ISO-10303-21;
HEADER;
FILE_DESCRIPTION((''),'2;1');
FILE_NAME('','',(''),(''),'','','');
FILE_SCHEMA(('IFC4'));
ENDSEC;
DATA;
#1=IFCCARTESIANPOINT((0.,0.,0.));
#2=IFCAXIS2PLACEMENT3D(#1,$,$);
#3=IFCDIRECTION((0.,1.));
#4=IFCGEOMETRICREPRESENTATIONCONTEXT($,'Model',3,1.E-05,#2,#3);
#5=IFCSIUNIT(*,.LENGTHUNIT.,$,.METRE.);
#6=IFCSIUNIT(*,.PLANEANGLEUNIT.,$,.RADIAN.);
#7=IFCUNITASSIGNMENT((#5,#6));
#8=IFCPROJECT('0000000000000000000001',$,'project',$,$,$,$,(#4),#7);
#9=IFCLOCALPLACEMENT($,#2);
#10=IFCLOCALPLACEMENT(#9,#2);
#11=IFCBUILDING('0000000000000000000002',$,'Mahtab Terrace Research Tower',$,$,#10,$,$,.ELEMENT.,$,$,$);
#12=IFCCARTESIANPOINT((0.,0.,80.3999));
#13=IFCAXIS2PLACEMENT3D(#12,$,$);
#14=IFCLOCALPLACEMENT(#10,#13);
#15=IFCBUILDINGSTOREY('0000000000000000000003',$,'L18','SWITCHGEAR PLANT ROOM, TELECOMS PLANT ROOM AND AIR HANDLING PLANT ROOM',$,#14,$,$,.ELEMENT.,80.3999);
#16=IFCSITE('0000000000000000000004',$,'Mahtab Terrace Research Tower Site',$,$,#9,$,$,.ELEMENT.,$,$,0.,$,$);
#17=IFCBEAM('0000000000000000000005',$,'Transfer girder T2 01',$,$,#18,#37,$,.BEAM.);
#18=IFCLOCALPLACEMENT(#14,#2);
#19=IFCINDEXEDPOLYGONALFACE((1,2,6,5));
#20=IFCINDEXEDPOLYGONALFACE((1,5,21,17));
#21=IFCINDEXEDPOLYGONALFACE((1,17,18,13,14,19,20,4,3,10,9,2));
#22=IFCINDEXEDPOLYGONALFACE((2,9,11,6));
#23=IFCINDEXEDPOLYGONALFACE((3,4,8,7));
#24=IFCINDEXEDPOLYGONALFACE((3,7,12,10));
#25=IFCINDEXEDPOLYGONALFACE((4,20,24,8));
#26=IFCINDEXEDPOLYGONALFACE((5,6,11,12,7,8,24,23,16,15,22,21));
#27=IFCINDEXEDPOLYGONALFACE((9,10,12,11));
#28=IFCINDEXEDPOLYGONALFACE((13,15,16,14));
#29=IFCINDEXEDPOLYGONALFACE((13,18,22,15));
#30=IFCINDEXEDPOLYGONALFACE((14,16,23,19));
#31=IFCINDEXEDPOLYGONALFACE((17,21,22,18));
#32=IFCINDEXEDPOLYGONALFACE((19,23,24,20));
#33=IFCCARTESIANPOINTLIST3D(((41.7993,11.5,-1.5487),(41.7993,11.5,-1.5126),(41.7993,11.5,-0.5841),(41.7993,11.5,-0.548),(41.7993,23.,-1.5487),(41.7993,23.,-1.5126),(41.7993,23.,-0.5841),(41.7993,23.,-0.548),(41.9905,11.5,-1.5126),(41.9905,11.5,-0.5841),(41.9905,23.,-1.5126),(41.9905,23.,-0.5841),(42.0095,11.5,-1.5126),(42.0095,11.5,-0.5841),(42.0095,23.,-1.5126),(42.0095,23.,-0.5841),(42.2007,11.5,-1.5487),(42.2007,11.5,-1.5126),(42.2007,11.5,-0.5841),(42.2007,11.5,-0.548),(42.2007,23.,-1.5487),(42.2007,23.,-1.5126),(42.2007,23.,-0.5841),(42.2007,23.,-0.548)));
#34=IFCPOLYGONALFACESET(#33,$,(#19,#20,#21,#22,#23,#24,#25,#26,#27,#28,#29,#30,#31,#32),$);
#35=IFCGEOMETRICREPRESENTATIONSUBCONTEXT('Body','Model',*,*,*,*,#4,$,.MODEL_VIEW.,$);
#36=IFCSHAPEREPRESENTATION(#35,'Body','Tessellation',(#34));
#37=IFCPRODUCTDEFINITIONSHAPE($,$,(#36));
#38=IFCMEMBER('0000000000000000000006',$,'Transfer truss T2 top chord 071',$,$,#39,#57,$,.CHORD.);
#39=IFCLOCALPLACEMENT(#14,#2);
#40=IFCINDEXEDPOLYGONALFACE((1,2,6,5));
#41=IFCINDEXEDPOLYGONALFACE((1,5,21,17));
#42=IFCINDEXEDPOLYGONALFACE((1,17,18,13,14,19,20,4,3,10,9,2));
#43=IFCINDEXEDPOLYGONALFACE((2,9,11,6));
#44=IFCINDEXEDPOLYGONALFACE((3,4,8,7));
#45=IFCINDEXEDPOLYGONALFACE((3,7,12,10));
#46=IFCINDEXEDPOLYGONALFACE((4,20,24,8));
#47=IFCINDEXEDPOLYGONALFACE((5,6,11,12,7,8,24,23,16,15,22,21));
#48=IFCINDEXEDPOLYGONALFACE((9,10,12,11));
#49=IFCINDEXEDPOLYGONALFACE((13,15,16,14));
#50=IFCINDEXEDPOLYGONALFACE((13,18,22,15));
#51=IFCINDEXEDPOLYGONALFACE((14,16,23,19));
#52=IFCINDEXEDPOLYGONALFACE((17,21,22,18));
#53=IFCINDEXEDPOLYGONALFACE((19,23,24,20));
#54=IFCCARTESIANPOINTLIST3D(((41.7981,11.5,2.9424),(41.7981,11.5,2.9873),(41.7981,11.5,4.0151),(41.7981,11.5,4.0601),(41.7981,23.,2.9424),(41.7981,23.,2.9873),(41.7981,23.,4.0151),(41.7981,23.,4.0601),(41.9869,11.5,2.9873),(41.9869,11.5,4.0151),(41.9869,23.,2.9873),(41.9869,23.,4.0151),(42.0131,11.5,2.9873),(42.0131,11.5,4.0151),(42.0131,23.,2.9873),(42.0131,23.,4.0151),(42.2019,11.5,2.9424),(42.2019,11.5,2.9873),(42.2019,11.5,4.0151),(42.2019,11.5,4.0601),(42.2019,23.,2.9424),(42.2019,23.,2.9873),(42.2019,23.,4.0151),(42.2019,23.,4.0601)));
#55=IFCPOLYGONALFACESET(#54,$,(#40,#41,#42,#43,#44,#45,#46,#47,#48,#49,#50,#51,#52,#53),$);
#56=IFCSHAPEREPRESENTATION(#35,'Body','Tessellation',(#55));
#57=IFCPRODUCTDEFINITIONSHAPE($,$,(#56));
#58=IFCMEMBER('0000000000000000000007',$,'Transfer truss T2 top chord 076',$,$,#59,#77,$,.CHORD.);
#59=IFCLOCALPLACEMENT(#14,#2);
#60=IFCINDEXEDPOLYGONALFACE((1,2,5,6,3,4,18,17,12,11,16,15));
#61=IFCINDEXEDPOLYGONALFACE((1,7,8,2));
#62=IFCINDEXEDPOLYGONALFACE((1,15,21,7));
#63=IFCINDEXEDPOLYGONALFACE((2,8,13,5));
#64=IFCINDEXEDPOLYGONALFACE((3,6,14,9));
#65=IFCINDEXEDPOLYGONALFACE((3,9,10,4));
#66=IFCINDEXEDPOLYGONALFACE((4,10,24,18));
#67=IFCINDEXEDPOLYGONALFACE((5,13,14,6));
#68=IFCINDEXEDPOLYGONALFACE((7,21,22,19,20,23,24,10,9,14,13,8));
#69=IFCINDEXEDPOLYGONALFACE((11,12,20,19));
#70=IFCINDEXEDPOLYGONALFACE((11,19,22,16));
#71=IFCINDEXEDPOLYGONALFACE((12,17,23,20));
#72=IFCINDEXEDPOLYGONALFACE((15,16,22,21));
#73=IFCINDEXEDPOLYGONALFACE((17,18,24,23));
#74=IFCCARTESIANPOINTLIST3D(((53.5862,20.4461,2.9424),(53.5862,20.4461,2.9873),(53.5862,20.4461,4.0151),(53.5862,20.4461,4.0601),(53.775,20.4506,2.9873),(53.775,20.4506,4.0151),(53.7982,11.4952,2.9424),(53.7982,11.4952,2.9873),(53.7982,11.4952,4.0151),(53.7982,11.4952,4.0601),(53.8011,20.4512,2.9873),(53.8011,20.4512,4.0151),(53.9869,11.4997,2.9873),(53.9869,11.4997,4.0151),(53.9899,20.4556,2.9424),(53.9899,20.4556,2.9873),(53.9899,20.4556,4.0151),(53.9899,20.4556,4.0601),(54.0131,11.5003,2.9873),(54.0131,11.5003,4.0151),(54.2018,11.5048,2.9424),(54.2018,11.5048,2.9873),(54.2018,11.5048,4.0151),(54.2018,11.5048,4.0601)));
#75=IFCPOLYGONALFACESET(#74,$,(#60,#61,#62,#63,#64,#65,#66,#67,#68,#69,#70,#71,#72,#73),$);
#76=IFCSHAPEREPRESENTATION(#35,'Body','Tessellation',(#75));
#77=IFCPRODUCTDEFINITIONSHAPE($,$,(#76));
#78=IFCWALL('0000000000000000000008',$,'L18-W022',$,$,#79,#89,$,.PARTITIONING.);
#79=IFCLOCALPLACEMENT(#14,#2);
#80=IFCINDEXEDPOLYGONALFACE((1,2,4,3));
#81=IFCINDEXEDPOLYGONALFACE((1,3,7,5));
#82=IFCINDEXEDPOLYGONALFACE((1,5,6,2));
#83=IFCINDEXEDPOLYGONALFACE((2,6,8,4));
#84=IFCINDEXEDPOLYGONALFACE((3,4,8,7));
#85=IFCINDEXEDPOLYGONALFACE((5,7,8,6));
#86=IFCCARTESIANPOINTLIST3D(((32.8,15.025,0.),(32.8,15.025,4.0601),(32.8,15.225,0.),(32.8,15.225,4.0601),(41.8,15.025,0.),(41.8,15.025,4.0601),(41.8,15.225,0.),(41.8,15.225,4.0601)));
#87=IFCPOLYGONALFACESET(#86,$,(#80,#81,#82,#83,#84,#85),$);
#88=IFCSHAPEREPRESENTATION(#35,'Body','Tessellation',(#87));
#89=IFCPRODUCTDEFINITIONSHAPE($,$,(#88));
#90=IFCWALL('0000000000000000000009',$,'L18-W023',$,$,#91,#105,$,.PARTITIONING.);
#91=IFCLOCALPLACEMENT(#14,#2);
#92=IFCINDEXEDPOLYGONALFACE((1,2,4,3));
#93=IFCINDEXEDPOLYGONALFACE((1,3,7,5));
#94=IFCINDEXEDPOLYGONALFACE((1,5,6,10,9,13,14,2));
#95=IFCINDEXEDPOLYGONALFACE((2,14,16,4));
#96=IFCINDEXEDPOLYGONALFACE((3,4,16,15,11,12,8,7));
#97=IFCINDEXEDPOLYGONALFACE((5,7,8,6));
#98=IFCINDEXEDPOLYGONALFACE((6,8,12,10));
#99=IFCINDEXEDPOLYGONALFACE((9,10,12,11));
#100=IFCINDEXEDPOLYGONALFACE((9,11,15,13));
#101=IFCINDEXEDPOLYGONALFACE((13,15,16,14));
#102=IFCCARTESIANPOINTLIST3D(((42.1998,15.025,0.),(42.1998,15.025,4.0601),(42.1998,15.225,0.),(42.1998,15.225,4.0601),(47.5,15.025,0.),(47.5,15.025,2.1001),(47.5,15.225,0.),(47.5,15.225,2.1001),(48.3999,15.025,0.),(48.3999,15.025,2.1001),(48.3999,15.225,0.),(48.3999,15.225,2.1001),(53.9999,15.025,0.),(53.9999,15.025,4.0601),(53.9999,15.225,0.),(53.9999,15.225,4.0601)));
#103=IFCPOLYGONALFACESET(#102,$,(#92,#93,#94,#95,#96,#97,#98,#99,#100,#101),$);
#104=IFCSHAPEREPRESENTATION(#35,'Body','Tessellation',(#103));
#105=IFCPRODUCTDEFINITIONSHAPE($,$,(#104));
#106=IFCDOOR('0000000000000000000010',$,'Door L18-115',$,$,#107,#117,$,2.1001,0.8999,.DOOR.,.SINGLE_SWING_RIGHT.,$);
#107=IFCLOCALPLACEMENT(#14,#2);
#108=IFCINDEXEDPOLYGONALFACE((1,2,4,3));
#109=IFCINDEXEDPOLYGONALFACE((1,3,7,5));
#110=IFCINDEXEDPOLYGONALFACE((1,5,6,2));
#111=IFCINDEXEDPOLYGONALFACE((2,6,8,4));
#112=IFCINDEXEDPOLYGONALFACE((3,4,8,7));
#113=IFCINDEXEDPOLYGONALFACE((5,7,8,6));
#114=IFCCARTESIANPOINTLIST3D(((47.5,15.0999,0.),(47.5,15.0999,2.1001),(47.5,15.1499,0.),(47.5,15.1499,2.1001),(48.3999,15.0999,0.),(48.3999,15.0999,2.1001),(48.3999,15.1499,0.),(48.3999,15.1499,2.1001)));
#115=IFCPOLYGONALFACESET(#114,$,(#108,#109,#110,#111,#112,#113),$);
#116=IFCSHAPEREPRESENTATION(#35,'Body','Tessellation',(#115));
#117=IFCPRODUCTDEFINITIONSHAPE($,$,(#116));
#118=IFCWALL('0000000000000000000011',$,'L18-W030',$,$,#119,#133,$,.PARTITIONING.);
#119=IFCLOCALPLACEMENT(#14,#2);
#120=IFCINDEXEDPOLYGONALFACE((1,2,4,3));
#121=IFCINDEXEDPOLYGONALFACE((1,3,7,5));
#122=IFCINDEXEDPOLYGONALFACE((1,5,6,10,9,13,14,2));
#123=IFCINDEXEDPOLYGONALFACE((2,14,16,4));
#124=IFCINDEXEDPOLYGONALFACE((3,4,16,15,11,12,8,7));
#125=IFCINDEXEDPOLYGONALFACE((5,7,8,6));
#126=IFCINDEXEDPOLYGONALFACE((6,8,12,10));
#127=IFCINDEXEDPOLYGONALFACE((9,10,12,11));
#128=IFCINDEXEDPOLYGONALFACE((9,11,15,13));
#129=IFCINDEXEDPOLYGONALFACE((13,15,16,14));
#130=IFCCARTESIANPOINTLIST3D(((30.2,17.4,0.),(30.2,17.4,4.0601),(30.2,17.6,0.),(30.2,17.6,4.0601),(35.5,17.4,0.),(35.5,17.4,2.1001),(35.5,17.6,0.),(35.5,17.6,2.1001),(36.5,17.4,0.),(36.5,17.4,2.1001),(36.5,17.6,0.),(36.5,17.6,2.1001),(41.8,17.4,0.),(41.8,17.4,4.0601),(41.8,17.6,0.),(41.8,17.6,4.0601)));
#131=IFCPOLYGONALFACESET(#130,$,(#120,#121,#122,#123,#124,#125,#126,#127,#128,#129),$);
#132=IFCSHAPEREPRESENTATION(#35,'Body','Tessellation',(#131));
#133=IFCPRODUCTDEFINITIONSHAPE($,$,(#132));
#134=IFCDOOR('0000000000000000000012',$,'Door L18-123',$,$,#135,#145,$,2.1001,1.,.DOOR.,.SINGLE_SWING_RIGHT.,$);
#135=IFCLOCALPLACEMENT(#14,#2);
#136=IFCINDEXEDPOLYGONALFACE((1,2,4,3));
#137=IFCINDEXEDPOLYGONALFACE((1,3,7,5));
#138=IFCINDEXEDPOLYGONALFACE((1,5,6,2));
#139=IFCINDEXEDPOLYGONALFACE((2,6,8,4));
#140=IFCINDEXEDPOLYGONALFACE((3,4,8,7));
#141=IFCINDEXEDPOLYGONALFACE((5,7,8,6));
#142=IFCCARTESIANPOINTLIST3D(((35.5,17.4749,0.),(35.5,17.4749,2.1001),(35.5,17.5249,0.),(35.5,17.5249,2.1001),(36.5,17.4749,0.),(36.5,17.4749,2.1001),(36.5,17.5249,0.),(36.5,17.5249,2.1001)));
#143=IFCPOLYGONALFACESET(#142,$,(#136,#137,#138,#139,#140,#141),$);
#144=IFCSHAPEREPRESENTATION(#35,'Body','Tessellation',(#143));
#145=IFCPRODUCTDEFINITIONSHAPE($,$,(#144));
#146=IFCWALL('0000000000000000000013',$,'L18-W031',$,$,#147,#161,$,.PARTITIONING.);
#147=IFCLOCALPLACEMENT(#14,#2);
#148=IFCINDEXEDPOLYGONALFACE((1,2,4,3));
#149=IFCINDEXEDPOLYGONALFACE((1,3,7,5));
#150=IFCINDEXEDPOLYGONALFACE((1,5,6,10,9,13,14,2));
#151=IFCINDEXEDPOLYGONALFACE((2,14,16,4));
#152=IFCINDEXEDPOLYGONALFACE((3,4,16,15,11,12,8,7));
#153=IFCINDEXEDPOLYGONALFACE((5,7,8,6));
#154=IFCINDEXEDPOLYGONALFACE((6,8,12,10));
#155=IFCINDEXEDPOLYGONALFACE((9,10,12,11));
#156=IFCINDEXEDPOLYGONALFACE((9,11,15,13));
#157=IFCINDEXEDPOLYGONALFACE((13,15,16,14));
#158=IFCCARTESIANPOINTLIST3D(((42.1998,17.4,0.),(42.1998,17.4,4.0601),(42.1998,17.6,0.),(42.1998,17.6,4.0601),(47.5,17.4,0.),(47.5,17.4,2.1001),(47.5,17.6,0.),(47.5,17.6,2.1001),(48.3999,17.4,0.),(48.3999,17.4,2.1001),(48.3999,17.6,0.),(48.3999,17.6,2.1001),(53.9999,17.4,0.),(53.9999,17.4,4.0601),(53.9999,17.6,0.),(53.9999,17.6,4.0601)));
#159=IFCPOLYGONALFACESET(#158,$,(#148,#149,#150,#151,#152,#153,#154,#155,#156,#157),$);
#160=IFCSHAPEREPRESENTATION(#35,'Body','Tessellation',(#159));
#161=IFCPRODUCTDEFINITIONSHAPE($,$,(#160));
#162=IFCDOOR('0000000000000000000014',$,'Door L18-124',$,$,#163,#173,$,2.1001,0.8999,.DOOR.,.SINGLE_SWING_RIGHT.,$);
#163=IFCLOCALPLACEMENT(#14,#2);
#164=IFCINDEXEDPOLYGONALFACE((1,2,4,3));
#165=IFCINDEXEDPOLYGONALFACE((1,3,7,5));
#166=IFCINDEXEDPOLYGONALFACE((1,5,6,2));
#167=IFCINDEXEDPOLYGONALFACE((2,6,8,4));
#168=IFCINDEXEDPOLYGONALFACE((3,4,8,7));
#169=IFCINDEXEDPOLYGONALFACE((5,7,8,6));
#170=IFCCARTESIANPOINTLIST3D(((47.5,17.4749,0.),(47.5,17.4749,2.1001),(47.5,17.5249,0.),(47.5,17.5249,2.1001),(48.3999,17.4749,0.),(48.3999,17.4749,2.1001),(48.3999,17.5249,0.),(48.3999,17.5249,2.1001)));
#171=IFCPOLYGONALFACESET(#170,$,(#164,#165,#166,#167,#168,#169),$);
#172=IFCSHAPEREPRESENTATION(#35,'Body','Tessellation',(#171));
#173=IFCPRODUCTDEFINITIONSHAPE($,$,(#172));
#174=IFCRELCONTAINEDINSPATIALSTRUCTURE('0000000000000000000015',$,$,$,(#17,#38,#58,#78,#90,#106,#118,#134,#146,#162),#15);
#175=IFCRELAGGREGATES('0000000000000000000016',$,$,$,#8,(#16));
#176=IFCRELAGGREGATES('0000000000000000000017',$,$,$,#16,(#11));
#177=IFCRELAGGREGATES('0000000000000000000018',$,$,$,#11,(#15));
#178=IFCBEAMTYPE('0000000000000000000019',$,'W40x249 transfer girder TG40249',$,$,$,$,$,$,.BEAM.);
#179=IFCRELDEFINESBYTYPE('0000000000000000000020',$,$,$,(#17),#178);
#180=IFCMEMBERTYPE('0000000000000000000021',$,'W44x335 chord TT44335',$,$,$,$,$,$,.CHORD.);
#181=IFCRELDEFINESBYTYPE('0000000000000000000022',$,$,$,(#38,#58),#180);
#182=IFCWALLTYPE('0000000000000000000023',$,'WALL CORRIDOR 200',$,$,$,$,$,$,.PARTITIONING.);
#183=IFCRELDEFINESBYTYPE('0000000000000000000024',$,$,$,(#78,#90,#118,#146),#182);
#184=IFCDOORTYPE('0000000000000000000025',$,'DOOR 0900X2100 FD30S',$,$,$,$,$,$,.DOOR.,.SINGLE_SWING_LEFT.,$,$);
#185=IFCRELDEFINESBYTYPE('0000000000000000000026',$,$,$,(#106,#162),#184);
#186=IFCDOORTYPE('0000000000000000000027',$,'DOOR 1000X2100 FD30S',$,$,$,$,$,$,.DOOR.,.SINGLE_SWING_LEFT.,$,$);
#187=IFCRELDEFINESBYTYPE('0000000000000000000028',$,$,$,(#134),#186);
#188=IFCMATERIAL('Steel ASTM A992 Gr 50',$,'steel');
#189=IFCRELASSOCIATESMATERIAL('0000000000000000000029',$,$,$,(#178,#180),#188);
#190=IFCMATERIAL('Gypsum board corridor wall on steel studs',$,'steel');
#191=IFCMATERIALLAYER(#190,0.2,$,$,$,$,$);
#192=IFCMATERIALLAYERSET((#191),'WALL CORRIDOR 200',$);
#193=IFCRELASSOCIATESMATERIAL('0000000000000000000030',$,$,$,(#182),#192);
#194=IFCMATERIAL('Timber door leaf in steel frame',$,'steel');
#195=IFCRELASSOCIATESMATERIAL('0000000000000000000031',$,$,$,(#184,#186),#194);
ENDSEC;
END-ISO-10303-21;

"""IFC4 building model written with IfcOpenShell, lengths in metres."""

from ifc_helpers import new_model, si_unit, direction, frame, frame_2d, origin, origin_2d, place, context, subcontext, project, spatial, rectangle, i_section, extrude, material, layer, layer_set, material_profile, profile_set, type_object, element, fill, save


model = new_model("IFC4")

# Units and contexts
model_context = context("Model", 3, precision=1e-05, world=origin(), true_north=direction((0.0, 1.0)))
body_context = subcontext(model_context, "Body", "Model", "MODEL_VIEW")
ifc_project = project(units=[si_unit("LENGTHUNIT", "METRE"), si_unit("PLANEANGLEUNIT", "RADIAN")], contexts=[model_context])

# Site, building, storey
site_placement = place(None, origin())
site = spatial("IfcSite", under=ifc_project, at=site_placement, Name="Mahtab Terrace Research Tower Site", CompositionType="ELEMENT", RefElevation=0.0)
building_placement = place(site_placement, origin())
building = spatial("IfcBuilding", under=site, at=building_placement, Name="Mahtab Terrace Research Tower", CompositionType="ELEMENT")
storey_placement = place(building_placement, frame((0.0, 0.0, 80.3999)))
storey = spatial("IfcBuildingStorey", under=building, at=storey_placement, Name="L18", Description="SWITCHGEAR PLANT ROOM, TELECOMS PLANT ROOM AND AIR HANDLING PLANT ROOM", CompositionType="ELEMENT", Elevation=80.3999)

# Shared definitions
ifc_material_1 = material(Name="Steel ASTM A992 Gr 50", Category="steel")

# Beam
ifc_material_profile_1 = material_profile(ifc_material_1, i_section(OverallWidth=0.4014, OverallDepth=1.0007, WebThickness=0.019, FlangeThickness=0.0361, at=origin_2d()), Name="W40X249")
ifc_profile_set_1 = profile_set([ifc_material_profile_1], Name="Steel ASTM A992 Gr 50")
beam_type = type_object("IfcBeamType", Name="W40x249 transfer girder TG40249", PredefinedType="BEAM", material=ifc_profile_set_1)
beam_placement = place(storey_placement, frame((42.0, 11.5, -1.0483), z_axis=(0.0, 1.0, 0.0), x_axis=(-1.0, 0.0, 0.0)))
element("IfcBeam", 1, at=beam_placement, inside=storey, type_object=beam_type, Name="Transfer girder T2 01", PredefinedType="BEAM", context=body_context, shape_type="SweptSolid", body=[
    extrude(i_section(OverallWidth=0.4014, OverallDepth=1.0007, WebThickness=0.019, FlangeThickness=0.0361, at=origin_2d()), origin(), (0.0, 0.0, 1.0), 11.5),
])

# Members
ifc_material_profile_2 = material_profile(ifc_material_1, i_section(OverallWidth=0.4038, OverallDepth=1.1177, WebThickness=0.0261, FlangeThickness=0.0449, at=origin_2d()), Name="W44X335")
ifc_profile_set_2 = profile_set([ifc_material_profile_2], Name="Steel ASTM A992 Gr 50")
member_type_1 = type_object("IfcMemberType", Name="W44x335 chord TT44335", PredefinedType="CHORD", material=ifc_profile_set_2)
member_1_placement = place(storey_placement, frame((42.0, 11.5, 3.5012), z_axis=(0.0, 1.0, 0.0), x_axis=(-1.0, 0.0, 0.0)))
element("IfcMember", 2, at=member_1_placement, inside=storey, type_object=member_type_1, Name="Transfer truss T2 top chord 071", PredefinedType="CHORD", context=body_context, shape_type="SweptSolid", body=[
    extrude(i_section(OverallWidth=0.4038, OverallDepth=1.1177, WebThickness=0.0261, FlangeThickness=0.0449, at=origin_2d()), origin(), (0.0, 0.0, 1.0), 11.5),
])
member_2_placement = place(storey_placement, frame((54.0, 11.5, 3.5012), z_axis=(-0.023668, 0.99972, 0.0), x_axis=(-0.99972, -0.023668, 0.0)))
element("IfcMember", 3, at=member_2_placement, inside=storey, type_object=member_type_1, Name="Transfer truss T2 top chord 076", PredefinedType="CHORD", context=body_context, shape_type="SweptSolid", body=[
    extrude(i_section(OverallWidth=0.4038, OverallDepth=1.1177, WebThickness=0.0261, FlangeThickness=0.0449, at=origin_2d()), origin(), (0.0, 0.0, 1.0), 8.9534),
])

# Wall
ifc_material_2 = material(Name="Gypsum board corridor wall on steel studs", Category="steel")
ifc_layer_1 = layer(ifc_material_2, 0.2)
ifc_layer_set_1 = layer_set([ifc_layer_1], Name="WALL CORRIDOR 200")
wall_type_1 = type_object("IfcWallType", Name="WALL CORRIDOR 200", PredefinedType="PARTITIONING", material=ifc_layer_set_1)
wall_1_placement = place(storey_placement, frame((32.8, 15.125, 0.0), z_axis=(0.0, 0.0, 1.0), x_axis=(1.0, 0.0, 0.0)))
element("IfcWall", 4, at=wall_1_placement, inside=storey, type_object=wall_type_1, Name="L18-W022", PredefinedType="PARTITIONING", context=body_context, shape_type="SweptSolid", body=[
    extrude(rectangle(XDim=9.0, YDim=0.2, at=frame_2d((4.5, 0.0))), origin(), (0.0, 0.0, 1.0), 4.0601),
])

# Walls, openings, doors
wall_2_placement = place(storey_placement, frame((42.2, 15.125, 0.0), z_axis=(0.0, 0.0, 1.0), x_axis=(1.0, 0.0, 0.0)))
wall_2 = element("IfcWall", 5, at=wall_2_placement, inside=storey, type_object=wall_type_1, Name="L18-W023", PredefinedType="PARTITIONING", context=body_context, shape_type="SweptSolid", body=[
    extrude(rectangle(XDim=11.8, YDim=0.2, at=frame_2d((5.8999, 0.0))), origin(), (0.0, 0.0, 1.0), 4.0601),
])
opening_1_placement = place(wall_2_placement, frame((5.3, 0.0, 0.0)))
opening_1 = element("IfcOpeningElement", 6, at=opening_1_placement, cuts=wall_2, PredefinedType="OPENING", context=body_context, shape_type="SweptSolid", body=[
    extrude(rectangle(XDim=0.8999, YDim=2.1001, at=frame_2d((0.45, 1.05))), frame((0.0, 0.1099, 0.0), z_axis=(0.0, -1.0, 0.0), x_axis=(1.0, 0.0, 0.0)), (0.0, 0.0, 1.0), 0.22),
])
ifc_material_3 = material(Name="Timber door leaf in steel frame", Category="steel")
door_type_1 = type_object("IfcDoorType", Name="DOOR 0900X2100 FD30S", OperationType="SINGLE_SWING_LEFT", PredefinedType="DOOR", material=ifc_material_3)
door_1_placement = place(opening_1_placement, origin())
door_1 = element("IfcDoor", 7, at=door_1_placement, inside=storey, type_object=door_type_1, Name="Door L18-115", OperationType="SINGLE_SWING_RIGHT", OverallHeight=2.1001, OverallWidth=0.8999, PredefinedType="DOOR", context=body_context, shape_type="SweptSolid", body=[
    extrude(rectangle(XDim=0.8999, YDim=2.1001, at=frame_2d((0.45, 1.05))), frame((0.0, 0.0249, 0.0), z_axis=(0.0, -1.0, 0.0), x_axis=(1.0, 0.0, 0.0)), (0.0, 0.0, 1.0), 0.05),
])
fill(opening_1, door_1)
wall_3_placement = place(storey_placement, frame((30.2, 17.5, 0.0), z_axis=(0.0, 0.0, 1.0), x_axis=(1.0, 0.0, 0.0)))
wall_3 = element("IfcWall", 8, at=wall_3_placement, inside=storey, type_object=wall_type_1, Name="L18-W030", PredefinedType="PARTITIONING", context=body_context, shape_type="SweptSolid", body=[
    extrude(rectangle(XDim=11.6001, YDim=0.2, at=frame_2d((5.8, 0.0))), origin(), (0.0, 0.0, 1.0), 4.0601),
])
opening_2_placement = place(wall_3_placement, frame((5.3, 0.0, 0.0)))
opening_2 = element("IfcOpeningElement", 9, at=opening_2_placement, cuts=wall_3, PredefinedType="OPENING", context=body_context, shape_type="SweptSolid", body=[
    extrude(rectangle(XDim=1.0, YDim=2.1001, at=frame_2d((0.5, 1.05))), frame((0.0, 0.1099, 0.0), z_axis=(0.0, -1.0, 0.0), x_axis=(1.0, 0.0, 0.0)), (0.0, 0.0, 1.0), 0.22),
])
door_type_2 = type_object("IfcDoorType", Name="DOOR 1000X2100 FD30S", OperationType="SINGLE_SWING_LEFT", PredefinedType="DOOR", material=ifc_material_3)
door_2_placement = place(opening_2_placement, origin())
door_2 = element("IfcDoor", 10, at=door_2_placement, inside=storey, type_object=door_type_2, Name="Door L18-123", OperationType="SINGLE_SWING_RIGHT", OverallHeight=2.1001, OverallWidth=1.0, PredefinedType="DOOR", context=body_context, shape_type="SweptSolid", body=[
    extrude(rectangle(XDim=1.0, YDim=2.1001, at=frame_2d((0.5, 1.05))), frame((0.0, 0.0249, 0.0), z_axis=(0.0, -1.0, 0.0), x_axis=(1.0, 0.0, 0.0)), (0.0, 0.0, 1.0), 0.05),
])
fill(opening_2, door_2)
wall_4_placement = place(storey_placement, frame((42.2, 17.5, 0.0), z_axis=(0.0, 0.0, 1.0), x_axis=(1.0, 0.0, 0.0)))
wall_4 = element("IfcWall", 11, at=wall_4_placement, inside=storey, type_object=wall_type_1, Name="L18-W031", PredefinedType="PARTITIONING", context=body_context, shape_type="SweptSolid", body=[
    extrude(rectangle(XDim=11.8, YDim=0.2, at=frame_2d((5.8999, 0.0))), origin(), (0.0, 0.0, 1.0), 4.0601),
])
opening_3_placement = place(wall_4_placement, frame((5.3, 0.0, 0.0)))
opening_3 = element("IfcOpeningElement", 12, at=opening_3_placement, cuts=wall_4, PredefinedType="OPENING", context=body_context, shape_type="SweptSolid", body=[
    extrude(rectangle(XDim=0.8999, YDim=2.1001, at=frame_2d((0.45, 1.05))), frame((0.0, 0.1099, 0.0), z_axis=(0.0, -1.0, 0.0), x_axis=(1.0, 0.0, 0.0)), (0.0, 0.0, 1.0), 0.22),
])
door_3_placement = place(opening_3_placement, origin())
door_3 = element("IfcDoor", 13, at=door_3_placement, inside=storey, type_object=door_type_1, Name="Door L18-124", OperationType="SINGLE_SWING_RIGHT", OverallHeight=2.1001, OverallWidth=0.8999, PredefinedType="DOOR", context=body_context, shape_type="SweptSolid", body=[
    extrude(rectangle(XDim=0.8999, YDim=2.1001, at=frame_2d((0.45, 1.05))), frame((0.0, 0.0249, 0.0), z_axis=(0.0, -1.0, 0.0), x_axis=(1.0, 0.0, 0.0)), (0.0, 0.0, 1.0), 0.05),
])
fill(opening_3, door_3)

save(model, "model.ifc")
